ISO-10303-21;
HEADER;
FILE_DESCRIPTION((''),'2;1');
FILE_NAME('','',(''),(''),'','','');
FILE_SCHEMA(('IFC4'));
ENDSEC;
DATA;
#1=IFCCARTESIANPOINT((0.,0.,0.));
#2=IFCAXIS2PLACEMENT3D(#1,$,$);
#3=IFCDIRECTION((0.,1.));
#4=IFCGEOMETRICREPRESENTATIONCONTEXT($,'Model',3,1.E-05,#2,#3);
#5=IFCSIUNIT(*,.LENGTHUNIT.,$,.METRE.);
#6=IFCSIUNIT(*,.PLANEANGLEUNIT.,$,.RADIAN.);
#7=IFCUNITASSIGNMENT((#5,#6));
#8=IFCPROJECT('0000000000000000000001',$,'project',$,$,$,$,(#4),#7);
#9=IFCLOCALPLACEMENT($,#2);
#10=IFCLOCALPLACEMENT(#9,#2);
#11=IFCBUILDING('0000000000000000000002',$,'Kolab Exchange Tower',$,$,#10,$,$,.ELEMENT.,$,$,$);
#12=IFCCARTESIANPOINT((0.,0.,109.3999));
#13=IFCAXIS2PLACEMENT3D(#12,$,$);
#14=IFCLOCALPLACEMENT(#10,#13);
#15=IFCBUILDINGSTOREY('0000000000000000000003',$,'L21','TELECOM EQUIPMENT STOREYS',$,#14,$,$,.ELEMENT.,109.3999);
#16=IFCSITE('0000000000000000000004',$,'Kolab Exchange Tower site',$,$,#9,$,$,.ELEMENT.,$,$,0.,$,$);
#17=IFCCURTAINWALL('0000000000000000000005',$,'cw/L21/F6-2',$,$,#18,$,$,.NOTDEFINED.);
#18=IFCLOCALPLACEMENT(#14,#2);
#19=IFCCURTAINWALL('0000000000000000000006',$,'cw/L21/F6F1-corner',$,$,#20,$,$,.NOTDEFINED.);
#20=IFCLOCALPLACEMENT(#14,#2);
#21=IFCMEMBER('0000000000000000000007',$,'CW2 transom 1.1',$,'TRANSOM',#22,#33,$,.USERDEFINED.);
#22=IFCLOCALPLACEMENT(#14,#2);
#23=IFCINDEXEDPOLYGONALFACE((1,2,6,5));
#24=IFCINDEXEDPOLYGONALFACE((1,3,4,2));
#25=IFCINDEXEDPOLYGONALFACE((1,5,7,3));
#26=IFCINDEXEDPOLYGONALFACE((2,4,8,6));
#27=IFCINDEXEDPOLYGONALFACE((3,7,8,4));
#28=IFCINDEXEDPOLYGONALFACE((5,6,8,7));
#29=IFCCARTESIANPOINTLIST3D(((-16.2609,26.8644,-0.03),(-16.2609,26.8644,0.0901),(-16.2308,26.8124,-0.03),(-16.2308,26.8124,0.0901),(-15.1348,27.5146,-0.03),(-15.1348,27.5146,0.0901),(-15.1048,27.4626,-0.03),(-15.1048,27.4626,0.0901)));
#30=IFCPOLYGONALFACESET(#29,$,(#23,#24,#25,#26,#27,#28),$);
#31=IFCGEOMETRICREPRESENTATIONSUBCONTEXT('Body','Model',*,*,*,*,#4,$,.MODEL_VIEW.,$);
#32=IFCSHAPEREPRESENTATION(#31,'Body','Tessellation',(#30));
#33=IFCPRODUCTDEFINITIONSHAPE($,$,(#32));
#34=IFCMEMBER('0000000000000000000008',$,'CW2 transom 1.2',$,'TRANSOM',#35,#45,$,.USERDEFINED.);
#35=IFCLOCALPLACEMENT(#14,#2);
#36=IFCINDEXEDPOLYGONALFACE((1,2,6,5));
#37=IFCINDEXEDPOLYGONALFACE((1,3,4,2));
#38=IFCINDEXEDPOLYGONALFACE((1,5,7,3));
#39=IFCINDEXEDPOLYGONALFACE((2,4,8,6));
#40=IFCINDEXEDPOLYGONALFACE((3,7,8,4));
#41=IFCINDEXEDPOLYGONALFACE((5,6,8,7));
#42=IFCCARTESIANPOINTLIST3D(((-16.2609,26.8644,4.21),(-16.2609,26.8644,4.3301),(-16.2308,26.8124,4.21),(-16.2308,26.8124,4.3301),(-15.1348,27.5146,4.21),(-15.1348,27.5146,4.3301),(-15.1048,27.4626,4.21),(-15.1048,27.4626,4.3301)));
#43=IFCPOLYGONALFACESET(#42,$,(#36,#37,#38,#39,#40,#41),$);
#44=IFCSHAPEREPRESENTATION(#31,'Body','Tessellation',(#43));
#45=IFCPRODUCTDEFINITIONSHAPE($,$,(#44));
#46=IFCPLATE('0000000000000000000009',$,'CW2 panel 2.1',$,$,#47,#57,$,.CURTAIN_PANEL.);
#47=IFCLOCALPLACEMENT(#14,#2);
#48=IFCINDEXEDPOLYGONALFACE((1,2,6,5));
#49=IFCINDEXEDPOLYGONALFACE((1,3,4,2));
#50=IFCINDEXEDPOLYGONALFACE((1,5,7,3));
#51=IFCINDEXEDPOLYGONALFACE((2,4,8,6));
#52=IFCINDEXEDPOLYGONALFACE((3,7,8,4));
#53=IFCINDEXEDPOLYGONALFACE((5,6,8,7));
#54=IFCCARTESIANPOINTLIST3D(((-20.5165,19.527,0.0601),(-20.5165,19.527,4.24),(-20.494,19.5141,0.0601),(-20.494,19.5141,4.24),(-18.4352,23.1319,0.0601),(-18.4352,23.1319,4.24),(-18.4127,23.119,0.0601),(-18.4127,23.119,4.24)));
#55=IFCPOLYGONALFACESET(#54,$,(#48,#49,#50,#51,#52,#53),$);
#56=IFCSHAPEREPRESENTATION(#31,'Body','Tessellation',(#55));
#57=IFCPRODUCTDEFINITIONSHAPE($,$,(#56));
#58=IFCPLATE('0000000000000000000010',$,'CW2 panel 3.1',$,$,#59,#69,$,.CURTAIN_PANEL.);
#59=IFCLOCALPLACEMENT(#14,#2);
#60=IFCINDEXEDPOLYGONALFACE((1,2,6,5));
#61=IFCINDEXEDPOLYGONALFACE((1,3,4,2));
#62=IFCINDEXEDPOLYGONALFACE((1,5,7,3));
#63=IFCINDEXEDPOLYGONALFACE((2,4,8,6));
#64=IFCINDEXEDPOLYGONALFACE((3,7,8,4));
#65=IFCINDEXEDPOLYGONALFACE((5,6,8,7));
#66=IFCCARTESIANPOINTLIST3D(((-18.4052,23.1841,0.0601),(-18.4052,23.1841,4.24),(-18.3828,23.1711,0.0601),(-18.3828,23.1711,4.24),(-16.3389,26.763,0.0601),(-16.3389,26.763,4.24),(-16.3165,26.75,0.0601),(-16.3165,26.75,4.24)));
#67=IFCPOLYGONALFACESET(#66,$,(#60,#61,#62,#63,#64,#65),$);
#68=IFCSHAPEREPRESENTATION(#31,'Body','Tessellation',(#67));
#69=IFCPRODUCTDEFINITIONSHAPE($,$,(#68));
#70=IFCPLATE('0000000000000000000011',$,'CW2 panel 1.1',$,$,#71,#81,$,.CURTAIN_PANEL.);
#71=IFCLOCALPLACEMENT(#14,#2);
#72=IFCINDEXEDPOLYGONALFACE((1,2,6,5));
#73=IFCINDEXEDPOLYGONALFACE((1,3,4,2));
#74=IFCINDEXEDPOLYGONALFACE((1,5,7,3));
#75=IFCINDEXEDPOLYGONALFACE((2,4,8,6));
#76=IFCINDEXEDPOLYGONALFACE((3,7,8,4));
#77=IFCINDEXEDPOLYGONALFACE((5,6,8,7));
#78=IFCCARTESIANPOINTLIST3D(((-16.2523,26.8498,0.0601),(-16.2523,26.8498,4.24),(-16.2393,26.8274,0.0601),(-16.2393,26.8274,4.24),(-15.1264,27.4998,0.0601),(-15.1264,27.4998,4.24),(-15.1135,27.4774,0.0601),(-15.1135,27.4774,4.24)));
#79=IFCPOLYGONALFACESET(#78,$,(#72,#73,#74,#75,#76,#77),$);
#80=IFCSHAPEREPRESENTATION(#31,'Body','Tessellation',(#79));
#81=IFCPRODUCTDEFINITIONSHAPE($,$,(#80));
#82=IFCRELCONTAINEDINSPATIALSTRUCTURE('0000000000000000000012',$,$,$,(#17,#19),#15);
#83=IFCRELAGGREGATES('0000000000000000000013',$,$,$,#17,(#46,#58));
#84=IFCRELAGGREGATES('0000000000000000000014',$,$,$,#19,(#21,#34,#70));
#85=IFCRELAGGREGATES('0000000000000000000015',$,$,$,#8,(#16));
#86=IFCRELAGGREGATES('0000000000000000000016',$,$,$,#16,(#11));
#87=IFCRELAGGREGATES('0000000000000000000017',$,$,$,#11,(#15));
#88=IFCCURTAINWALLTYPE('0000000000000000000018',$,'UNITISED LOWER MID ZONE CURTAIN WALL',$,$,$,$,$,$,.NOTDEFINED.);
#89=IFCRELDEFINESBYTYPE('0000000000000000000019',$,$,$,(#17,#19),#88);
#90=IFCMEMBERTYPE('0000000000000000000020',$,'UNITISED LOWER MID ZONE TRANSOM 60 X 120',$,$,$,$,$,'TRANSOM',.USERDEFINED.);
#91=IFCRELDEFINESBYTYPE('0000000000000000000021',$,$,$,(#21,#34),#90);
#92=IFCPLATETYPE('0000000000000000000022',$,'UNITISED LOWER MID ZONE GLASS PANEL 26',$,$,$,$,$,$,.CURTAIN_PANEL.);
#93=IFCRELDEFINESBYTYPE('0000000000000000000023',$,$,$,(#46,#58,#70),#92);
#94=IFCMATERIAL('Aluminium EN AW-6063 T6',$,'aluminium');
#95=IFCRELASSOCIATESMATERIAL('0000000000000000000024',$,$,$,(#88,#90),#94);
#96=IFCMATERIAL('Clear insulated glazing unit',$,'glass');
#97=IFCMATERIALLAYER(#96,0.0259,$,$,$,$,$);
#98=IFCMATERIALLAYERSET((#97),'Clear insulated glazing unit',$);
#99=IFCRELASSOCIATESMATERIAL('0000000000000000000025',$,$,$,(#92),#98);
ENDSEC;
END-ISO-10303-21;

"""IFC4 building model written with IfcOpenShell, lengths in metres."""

from ifc_helpers import new_model, si_unit, direction, frame, origin, origin_2d, place, context, subcontext, project, spatial, rectangle, extrude, material, layer, layer_set, material_profile, profile_set, type_object, element, aggregate, save


model = new_model("IFC4")

# Units and contexts
model_context = context("Model", 3, precision=1e-05, world=origin(), true_north=direction((0.0, 1.0)))
body_context = subcontext(model_context, "Body", "Model", "MODEL_VIEW")
ifc_project = project(units=[si_unit("LENGTHUNIT", "METRE"), si_unit("PLANEANGLEUNIT", "RADIAN")], contexts=[model_context])

# Site, building, storey
site_placement = place(None, origin())
site = spatial("IfcSite", under=ifc_project, at=site_placement, Name="Kolab Exchange Tower site", CompositionType="ELEMENT", RefElevation=0.0)
building_placement = place(site_placement, origin())
building = spatial("IfcBuilding", under=site, at=building_placement, Name="Kolab Exchange Tower", CompositionType="ELEMENT")
storey_placement = place(building_placement, frame((0.0, 0.0, 109.3999)))
storey = spatial("IfcBuildingStorey", under=building, at=storey_placement, Name="L21", Description="TELECOM EQUIPMENT STOREYS", CompositionType="ELEMENT", Elevation=109.3999)

# Curtain wall
ifc_material_1 = material(Name="Aluminium EN AW-6063 T6", Category="aluminium")
curtain_wall_type = type_object("IfcCurtainWallType", Name="UNITISED LOWER MID ZONE CURTAIN WALL", PredefinedType="NOTDEFINED", material=ifc_material_1)
curtain_wall_1_placement = place(storey_placement, origin())
curtain_wall_1 = element("IfcCurtainWall", 1, at=curtain_wall_1_placement, inside=storey, type_object=curtain_wall_type, Name="cw/L21/F6-2", PredefinedType="NOTDEFINED")

# Curtain wall
curtain_wall_2_placement = place(storey_placement, origin())
curtain_wall_2 = element("IfcCurtainWall", 2, at=curtain_wall_2_placement, inside=storey, type_object=curtain_wall_type, Name="cw/L21/F6F1-corner", PredefinedType="NOTDEFINED")

# Members
ifc_material_profile_1 = material_profile(ifc_material_1, rectangle(XDim=0.0601, YDim=0.1201, at=origin_2d()), Name="RECT 60X120")
ifc_profile_set_1 = profile_set([ifc_material_profile_1], Name="Aluminium EN AW-6063 T6")
member_type_1 = type_object("IfcMemberType", Name="UNITISED LOWER MID ZONE TRANSOM 60 X 120", ElementType="TRANSOM", PredefinedType="USERDEFINED", material=ifc_profile_set_1)
member_1_placement = place(storey_placement, frame((-16.2458, 26.8384, 0.03), z_axis=(0.866004, 0.500037, 0.0), x_axis=(-0.500037, 0.866004, 0.0)))
member_1 = element("IfcMember", 3, at=member_1_placement, type_object=member_type_1, Name="CW2 transom 1.1", ObjectType="TRANSOM", PredefinedType="USERDEFINED", context=body_context, shape_type="SweptSolid", body=[
    extrude(rectangle(XDim=0.0601, YDim=0.1201, at=origin_2d()), origin(), (0.0, 0.0, 1.0), 1.3003),
])
member_2_placement = place(storey_placement, frame((-16.2458, 26.8384, 4.27), z_axis=(0.866004, 0.500037, 0.0), x_axis=(-0.500037, 0.866004, 0.0)))
member_2 = element("IfcMember", 4, at=member_2_placement, type_object=member_type_1, Name="CW2 transom 1.2", ObjectType="TRANSOM", PredefinedType="USERDEFINED", context=body_context, shape_type="SweptSolid", body=[
    extrude(rectangle(XDim=0.0601, YDim=0.1201, at=origin_2d()), origin(), (0.0, 0.0, 1.0), 1.3003),
])

# Plates
ifc_material_2 = material(Name="Clear insulated glazing unit", Category="glass")
ifc_layer = layer(ifc_material_2, 0.0259)
ifc_layer_set = layer_set([ifc_layer], Name="Clear insulated glazing unit")
plate_type = type_object("IfcPlateType", Name="UNITISED LOWER MID ZONE GLASS PANEL 26", PredefinedType="CURTAIN_PANEL", material=ifc_layer_set)
plate_1_placement = place(storey_placement, frame((-19.4646, 21.323, 0.0601), z_axis=(0.0, 0.0, 1.0), x_axis=(0.5, 0.866025, 0.0)))
plate_1 = element("IfcPlate", 5, at=plate_1_placement, type_object=plate_type, Name="CW2 panel 2.1", PredefinedType="CURTAIN_PANEL", context=body_context, shape_type="SweptSolid", body=[
    extrude(rectangle(XDim=4.1626, YDim=0.0259, at=origin_2d()), origin(), (0.0, 0.0, 1.0), 4.1799),
])
plate_2_placement = place(storey_placement, frame((-17.3608, 24.967, 0.0601), z_axis=(0.0, 0.0, 1.0), x_axis=(0.5, 0.866025, 0.0)))
plate_2 = element("IfcPlate", 6, at=plate_2_placement, type_object=plate_type, Name="CW2 panel 3.1", PredefinedType="CURTAIN_PANEL", context=body_context, shape_type="SweptSolid", body=[
    extrude(rectangle(XDim=4.1326, YDim=0.0259, at=origin_2d()), origin(), (0.0, 0.0, 1.0), 4.1799),
])
aggregate(curtain_wall_1, [plate_1, plate_2])
plate_3_placement = place(storey_placement, frame((-15.6829, 27.1636, 0.0601), z_axis=(0.0, 0.0, 1.0), x_axis=(0.866025, 0.5, 0.0)))
plate_3 = element("IfcPlate", 7, at=plate_3_placement, type_object=plate_type, Name="CW2 panel 1.1", PredefinedType="CURTAIN_PANEL", context=body_context, shape_type="SweptSolid", body=[
    extrude(rectangle(XDim=1.3, YDim=0.0259, at=origin_2d()), origin(), (0.0, 0.0, 1.0), 4.1799),
])
aggregate(curtain_wall_2, [member_1, member_2, plate_3])

save(model, "model.ifc")
